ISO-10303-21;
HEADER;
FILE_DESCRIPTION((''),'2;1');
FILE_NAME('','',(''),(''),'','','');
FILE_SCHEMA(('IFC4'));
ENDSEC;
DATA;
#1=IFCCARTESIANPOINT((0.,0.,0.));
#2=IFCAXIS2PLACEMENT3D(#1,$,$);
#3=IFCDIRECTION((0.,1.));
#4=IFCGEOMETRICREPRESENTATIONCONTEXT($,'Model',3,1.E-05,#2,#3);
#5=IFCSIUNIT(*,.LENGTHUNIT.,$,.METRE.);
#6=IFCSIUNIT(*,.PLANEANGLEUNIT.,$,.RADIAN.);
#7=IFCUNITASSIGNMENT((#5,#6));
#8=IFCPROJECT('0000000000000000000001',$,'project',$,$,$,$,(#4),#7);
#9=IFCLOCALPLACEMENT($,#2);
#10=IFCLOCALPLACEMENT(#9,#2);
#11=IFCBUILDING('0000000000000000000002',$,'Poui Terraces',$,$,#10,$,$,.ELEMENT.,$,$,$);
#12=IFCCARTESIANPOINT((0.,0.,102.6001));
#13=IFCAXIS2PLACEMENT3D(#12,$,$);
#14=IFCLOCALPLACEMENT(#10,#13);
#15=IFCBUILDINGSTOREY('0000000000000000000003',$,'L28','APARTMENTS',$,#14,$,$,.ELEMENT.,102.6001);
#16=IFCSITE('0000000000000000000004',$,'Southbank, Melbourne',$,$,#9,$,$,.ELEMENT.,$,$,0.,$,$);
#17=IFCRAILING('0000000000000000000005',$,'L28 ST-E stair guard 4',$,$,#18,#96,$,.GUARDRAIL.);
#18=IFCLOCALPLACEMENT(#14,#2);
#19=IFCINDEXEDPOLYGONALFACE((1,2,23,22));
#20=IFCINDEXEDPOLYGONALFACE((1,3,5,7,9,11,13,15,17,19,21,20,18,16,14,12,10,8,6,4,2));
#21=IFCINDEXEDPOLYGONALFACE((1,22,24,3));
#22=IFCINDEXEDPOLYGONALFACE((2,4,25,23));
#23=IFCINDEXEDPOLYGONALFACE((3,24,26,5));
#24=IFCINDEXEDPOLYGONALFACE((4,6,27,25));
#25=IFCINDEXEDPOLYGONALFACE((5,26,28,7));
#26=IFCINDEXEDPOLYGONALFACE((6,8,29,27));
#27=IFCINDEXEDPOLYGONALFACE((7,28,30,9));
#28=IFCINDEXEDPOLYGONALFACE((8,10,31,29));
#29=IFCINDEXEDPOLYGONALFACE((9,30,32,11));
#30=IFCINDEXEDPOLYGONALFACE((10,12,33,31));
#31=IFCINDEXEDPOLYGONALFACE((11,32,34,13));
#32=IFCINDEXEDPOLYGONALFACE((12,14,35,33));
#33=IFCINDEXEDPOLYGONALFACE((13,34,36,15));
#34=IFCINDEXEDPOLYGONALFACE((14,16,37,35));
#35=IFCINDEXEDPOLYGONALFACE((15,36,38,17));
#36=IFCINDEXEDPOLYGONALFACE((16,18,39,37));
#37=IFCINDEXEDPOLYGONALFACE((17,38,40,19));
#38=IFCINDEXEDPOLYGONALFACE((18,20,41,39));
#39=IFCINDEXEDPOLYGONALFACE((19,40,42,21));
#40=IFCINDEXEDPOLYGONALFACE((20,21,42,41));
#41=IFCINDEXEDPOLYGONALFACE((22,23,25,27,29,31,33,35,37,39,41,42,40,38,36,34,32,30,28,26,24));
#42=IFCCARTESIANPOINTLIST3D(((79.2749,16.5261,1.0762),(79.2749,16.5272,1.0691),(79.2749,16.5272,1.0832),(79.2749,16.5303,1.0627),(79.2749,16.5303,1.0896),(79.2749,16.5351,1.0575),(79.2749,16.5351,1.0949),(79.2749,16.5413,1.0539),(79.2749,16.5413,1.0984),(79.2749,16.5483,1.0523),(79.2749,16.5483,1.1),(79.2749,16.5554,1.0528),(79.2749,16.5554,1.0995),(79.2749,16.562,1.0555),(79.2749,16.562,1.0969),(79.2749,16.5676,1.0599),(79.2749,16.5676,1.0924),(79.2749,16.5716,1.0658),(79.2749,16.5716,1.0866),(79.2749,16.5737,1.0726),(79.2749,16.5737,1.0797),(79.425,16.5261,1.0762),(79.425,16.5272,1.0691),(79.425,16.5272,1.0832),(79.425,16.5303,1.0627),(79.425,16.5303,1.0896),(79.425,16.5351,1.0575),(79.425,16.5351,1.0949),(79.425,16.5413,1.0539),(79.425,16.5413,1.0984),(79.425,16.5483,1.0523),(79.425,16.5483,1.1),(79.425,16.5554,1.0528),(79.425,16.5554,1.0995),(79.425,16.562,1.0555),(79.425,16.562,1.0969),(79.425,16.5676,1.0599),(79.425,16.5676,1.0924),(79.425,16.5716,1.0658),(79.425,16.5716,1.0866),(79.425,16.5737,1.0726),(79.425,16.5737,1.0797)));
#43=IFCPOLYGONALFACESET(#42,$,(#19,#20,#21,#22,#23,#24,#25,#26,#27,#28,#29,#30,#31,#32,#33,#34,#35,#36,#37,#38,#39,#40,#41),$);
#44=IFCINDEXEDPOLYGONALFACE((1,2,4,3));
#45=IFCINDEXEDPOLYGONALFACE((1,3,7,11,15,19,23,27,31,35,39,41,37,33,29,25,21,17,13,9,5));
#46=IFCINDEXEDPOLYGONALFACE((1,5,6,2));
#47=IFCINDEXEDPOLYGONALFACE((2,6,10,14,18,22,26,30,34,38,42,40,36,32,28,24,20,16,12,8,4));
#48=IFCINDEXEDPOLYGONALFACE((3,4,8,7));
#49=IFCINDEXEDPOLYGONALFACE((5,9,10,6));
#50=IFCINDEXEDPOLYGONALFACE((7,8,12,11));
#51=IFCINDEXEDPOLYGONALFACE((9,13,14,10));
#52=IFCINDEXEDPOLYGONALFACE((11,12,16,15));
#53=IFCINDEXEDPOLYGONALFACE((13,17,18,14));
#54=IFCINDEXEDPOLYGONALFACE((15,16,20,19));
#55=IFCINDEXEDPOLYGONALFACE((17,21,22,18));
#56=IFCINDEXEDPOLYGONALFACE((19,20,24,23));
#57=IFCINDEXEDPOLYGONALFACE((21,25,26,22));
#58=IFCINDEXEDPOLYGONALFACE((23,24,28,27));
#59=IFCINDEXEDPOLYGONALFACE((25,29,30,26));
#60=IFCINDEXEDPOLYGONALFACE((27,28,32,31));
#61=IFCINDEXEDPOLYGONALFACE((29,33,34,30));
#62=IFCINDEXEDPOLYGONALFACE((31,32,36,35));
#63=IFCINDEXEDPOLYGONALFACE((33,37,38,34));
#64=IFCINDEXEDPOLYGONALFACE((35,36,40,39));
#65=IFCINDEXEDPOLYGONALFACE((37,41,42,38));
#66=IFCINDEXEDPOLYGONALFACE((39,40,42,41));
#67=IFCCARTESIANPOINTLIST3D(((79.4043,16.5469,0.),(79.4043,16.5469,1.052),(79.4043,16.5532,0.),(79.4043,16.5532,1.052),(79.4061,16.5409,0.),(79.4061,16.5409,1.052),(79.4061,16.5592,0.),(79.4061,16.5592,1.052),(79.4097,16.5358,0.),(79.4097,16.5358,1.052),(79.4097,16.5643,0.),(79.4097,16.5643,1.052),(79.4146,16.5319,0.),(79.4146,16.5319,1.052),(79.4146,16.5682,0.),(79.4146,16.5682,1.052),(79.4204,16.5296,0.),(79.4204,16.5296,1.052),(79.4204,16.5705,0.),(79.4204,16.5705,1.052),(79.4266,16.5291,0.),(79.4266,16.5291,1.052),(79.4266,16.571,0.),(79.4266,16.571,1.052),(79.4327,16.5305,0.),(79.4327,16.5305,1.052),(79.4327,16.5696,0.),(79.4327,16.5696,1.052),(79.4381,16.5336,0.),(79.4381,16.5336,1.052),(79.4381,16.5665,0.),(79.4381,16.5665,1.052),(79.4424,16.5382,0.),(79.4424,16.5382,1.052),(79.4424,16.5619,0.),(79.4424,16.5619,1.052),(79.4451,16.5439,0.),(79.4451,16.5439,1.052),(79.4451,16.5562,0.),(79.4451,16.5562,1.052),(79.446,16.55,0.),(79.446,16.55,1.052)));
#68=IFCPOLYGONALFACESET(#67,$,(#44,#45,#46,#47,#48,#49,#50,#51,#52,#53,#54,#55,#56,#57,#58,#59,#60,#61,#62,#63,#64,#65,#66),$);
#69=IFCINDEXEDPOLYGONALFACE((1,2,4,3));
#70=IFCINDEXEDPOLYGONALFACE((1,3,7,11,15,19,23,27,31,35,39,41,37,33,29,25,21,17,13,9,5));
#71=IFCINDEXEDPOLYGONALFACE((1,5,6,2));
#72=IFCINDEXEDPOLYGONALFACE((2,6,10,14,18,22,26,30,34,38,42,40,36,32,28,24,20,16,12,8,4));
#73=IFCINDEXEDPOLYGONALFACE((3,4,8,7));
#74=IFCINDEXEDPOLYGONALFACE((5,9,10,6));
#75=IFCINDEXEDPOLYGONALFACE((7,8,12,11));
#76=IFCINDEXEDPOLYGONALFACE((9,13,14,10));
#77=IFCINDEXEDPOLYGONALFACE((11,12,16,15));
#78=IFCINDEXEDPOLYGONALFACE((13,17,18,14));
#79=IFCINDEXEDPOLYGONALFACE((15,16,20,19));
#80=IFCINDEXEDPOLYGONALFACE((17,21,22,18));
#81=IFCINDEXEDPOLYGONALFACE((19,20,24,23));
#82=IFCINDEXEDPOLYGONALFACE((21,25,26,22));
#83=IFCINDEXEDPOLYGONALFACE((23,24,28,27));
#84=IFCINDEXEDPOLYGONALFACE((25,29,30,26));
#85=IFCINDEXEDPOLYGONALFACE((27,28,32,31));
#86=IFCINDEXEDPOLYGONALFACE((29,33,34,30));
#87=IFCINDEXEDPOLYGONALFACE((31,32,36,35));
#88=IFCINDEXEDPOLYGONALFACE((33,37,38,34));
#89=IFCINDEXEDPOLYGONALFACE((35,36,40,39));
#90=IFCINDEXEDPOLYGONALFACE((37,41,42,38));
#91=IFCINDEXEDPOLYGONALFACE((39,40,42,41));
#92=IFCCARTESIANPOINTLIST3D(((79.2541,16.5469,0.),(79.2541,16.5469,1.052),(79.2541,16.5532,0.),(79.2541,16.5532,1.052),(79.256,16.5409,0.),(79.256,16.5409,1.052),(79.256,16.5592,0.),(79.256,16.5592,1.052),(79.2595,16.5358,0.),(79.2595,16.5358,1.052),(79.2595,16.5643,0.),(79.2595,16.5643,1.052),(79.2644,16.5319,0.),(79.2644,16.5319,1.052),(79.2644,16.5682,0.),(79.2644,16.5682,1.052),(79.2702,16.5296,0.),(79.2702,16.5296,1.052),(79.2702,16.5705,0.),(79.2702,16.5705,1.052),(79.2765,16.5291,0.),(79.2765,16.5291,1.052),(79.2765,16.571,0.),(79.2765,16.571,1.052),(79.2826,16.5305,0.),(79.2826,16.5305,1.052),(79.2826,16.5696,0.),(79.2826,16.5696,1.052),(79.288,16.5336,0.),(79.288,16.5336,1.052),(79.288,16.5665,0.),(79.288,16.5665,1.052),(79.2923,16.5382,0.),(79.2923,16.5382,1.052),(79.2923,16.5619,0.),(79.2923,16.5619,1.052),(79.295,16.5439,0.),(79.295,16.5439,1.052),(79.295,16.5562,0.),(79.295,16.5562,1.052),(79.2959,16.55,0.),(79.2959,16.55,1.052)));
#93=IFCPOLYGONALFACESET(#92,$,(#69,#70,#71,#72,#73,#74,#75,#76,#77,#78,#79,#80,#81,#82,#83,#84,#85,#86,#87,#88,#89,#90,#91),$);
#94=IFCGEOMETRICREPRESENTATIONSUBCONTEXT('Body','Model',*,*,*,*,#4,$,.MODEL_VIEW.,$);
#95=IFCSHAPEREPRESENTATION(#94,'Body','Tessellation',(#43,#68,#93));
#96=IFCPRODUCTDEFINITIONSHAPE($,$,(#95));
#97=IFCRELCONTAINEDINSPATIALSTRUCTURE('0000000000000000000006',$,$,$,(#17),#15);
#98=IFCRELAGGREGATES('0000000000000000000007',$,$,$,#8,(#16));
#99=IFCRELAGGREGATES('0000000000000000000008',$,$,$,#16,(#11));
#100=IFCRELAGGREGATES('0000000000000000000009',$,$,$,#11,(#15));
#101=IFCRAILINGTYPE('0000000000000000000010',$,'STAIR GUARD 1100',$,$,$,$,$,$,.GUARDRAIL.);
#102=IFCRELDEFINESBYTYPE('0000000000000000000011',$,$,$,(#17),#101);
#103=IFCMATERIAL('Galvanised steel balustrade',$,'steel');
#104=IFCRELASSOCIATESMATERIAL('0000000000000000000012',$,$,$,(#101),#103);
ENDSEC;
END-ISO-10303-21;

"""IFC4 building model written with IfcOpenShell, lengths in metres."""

from ifc_helpers import new_model, si_unit, direction, frame, origin, origin_2d, place, context, subcontext, project, spatial, circle, extrude, material, type_object, element, save


model = new_model("IFC4")

# Units and contexts
model_context = context("Model", 3, precision=1e-05, world=origin(), true_north=direction((0.0, 1.0)))
body_context = subcontext(model_context, "Body", "Model", "MODEL_VIEW")
ifc_project = project(units=[si_unit("LENGTHUNIT", "METRE"), si_unit("PLANEANGLEUNIT", "RADIAN")], contexts=[model_context])

# Site, building, storey
site_placement = place(None, origin())
site = spatial("IfcSite", under=ifc_project, at=site_placement, Name="Southbank, Melbourne", CompositionType="ELEMENT", RefElevation=0.0)
building_placement = place(site_placement, origin())
building = spatial("IfcBuilding", under=site, at=building_placement, Name="Poui Terraces", CompositionType="ELEMENT")
storey_placement = place(building_placement, frame((0.0, 0.0, 102.6001)))
storey = spatial("IfcBuildingStorey", under=building, at=storey_placement, Name="L28", Description="APARTMENTS", CompositionType="ELEMENT", Elevation=102.6001)

# Railing
ifc_material_1 = material(Name="Galvanised steel balustrade", Category="steel")
railing_type_1 = type_object("IfcRailingType", Name="STAIR GUARD 1100", PredefinedType="GUARDRAIL", material=ifc_material_1)
railing_1_placement = place(storey_placement, frame((79.425, 16.55, 0.0)))
element("IfcRailing", 1, at=railing_1_placement, inside=storey, type_object=railing_type_1, Name="L28 ST-E stair guard 4", PredefinedType="GUARDRAIL", context=body_context, shape_type="SweptSolid", body=[
    extrude(circle(Radius=0.0239, at=origin_2d()), frame((0.0, 0.0, 1.0762), z_axis=(-1.0, 0.0, 0.0), x_axis=(0.0, -1.0, 0.0)), (0.0, 0.0, 1.0), 0.1501),
    extrude(circle(Radius=0.021, at=origin_2d()), origin(), (0.0, 0.0, 1.0), 1.052),
    extrude(circle(Radius=0.021, at=origin_2d()), frame((-0.1501, 0.0, 0.0)), (0.0, 0.0, 1.0), 1.052),
])

save(model, "model.ifc")
